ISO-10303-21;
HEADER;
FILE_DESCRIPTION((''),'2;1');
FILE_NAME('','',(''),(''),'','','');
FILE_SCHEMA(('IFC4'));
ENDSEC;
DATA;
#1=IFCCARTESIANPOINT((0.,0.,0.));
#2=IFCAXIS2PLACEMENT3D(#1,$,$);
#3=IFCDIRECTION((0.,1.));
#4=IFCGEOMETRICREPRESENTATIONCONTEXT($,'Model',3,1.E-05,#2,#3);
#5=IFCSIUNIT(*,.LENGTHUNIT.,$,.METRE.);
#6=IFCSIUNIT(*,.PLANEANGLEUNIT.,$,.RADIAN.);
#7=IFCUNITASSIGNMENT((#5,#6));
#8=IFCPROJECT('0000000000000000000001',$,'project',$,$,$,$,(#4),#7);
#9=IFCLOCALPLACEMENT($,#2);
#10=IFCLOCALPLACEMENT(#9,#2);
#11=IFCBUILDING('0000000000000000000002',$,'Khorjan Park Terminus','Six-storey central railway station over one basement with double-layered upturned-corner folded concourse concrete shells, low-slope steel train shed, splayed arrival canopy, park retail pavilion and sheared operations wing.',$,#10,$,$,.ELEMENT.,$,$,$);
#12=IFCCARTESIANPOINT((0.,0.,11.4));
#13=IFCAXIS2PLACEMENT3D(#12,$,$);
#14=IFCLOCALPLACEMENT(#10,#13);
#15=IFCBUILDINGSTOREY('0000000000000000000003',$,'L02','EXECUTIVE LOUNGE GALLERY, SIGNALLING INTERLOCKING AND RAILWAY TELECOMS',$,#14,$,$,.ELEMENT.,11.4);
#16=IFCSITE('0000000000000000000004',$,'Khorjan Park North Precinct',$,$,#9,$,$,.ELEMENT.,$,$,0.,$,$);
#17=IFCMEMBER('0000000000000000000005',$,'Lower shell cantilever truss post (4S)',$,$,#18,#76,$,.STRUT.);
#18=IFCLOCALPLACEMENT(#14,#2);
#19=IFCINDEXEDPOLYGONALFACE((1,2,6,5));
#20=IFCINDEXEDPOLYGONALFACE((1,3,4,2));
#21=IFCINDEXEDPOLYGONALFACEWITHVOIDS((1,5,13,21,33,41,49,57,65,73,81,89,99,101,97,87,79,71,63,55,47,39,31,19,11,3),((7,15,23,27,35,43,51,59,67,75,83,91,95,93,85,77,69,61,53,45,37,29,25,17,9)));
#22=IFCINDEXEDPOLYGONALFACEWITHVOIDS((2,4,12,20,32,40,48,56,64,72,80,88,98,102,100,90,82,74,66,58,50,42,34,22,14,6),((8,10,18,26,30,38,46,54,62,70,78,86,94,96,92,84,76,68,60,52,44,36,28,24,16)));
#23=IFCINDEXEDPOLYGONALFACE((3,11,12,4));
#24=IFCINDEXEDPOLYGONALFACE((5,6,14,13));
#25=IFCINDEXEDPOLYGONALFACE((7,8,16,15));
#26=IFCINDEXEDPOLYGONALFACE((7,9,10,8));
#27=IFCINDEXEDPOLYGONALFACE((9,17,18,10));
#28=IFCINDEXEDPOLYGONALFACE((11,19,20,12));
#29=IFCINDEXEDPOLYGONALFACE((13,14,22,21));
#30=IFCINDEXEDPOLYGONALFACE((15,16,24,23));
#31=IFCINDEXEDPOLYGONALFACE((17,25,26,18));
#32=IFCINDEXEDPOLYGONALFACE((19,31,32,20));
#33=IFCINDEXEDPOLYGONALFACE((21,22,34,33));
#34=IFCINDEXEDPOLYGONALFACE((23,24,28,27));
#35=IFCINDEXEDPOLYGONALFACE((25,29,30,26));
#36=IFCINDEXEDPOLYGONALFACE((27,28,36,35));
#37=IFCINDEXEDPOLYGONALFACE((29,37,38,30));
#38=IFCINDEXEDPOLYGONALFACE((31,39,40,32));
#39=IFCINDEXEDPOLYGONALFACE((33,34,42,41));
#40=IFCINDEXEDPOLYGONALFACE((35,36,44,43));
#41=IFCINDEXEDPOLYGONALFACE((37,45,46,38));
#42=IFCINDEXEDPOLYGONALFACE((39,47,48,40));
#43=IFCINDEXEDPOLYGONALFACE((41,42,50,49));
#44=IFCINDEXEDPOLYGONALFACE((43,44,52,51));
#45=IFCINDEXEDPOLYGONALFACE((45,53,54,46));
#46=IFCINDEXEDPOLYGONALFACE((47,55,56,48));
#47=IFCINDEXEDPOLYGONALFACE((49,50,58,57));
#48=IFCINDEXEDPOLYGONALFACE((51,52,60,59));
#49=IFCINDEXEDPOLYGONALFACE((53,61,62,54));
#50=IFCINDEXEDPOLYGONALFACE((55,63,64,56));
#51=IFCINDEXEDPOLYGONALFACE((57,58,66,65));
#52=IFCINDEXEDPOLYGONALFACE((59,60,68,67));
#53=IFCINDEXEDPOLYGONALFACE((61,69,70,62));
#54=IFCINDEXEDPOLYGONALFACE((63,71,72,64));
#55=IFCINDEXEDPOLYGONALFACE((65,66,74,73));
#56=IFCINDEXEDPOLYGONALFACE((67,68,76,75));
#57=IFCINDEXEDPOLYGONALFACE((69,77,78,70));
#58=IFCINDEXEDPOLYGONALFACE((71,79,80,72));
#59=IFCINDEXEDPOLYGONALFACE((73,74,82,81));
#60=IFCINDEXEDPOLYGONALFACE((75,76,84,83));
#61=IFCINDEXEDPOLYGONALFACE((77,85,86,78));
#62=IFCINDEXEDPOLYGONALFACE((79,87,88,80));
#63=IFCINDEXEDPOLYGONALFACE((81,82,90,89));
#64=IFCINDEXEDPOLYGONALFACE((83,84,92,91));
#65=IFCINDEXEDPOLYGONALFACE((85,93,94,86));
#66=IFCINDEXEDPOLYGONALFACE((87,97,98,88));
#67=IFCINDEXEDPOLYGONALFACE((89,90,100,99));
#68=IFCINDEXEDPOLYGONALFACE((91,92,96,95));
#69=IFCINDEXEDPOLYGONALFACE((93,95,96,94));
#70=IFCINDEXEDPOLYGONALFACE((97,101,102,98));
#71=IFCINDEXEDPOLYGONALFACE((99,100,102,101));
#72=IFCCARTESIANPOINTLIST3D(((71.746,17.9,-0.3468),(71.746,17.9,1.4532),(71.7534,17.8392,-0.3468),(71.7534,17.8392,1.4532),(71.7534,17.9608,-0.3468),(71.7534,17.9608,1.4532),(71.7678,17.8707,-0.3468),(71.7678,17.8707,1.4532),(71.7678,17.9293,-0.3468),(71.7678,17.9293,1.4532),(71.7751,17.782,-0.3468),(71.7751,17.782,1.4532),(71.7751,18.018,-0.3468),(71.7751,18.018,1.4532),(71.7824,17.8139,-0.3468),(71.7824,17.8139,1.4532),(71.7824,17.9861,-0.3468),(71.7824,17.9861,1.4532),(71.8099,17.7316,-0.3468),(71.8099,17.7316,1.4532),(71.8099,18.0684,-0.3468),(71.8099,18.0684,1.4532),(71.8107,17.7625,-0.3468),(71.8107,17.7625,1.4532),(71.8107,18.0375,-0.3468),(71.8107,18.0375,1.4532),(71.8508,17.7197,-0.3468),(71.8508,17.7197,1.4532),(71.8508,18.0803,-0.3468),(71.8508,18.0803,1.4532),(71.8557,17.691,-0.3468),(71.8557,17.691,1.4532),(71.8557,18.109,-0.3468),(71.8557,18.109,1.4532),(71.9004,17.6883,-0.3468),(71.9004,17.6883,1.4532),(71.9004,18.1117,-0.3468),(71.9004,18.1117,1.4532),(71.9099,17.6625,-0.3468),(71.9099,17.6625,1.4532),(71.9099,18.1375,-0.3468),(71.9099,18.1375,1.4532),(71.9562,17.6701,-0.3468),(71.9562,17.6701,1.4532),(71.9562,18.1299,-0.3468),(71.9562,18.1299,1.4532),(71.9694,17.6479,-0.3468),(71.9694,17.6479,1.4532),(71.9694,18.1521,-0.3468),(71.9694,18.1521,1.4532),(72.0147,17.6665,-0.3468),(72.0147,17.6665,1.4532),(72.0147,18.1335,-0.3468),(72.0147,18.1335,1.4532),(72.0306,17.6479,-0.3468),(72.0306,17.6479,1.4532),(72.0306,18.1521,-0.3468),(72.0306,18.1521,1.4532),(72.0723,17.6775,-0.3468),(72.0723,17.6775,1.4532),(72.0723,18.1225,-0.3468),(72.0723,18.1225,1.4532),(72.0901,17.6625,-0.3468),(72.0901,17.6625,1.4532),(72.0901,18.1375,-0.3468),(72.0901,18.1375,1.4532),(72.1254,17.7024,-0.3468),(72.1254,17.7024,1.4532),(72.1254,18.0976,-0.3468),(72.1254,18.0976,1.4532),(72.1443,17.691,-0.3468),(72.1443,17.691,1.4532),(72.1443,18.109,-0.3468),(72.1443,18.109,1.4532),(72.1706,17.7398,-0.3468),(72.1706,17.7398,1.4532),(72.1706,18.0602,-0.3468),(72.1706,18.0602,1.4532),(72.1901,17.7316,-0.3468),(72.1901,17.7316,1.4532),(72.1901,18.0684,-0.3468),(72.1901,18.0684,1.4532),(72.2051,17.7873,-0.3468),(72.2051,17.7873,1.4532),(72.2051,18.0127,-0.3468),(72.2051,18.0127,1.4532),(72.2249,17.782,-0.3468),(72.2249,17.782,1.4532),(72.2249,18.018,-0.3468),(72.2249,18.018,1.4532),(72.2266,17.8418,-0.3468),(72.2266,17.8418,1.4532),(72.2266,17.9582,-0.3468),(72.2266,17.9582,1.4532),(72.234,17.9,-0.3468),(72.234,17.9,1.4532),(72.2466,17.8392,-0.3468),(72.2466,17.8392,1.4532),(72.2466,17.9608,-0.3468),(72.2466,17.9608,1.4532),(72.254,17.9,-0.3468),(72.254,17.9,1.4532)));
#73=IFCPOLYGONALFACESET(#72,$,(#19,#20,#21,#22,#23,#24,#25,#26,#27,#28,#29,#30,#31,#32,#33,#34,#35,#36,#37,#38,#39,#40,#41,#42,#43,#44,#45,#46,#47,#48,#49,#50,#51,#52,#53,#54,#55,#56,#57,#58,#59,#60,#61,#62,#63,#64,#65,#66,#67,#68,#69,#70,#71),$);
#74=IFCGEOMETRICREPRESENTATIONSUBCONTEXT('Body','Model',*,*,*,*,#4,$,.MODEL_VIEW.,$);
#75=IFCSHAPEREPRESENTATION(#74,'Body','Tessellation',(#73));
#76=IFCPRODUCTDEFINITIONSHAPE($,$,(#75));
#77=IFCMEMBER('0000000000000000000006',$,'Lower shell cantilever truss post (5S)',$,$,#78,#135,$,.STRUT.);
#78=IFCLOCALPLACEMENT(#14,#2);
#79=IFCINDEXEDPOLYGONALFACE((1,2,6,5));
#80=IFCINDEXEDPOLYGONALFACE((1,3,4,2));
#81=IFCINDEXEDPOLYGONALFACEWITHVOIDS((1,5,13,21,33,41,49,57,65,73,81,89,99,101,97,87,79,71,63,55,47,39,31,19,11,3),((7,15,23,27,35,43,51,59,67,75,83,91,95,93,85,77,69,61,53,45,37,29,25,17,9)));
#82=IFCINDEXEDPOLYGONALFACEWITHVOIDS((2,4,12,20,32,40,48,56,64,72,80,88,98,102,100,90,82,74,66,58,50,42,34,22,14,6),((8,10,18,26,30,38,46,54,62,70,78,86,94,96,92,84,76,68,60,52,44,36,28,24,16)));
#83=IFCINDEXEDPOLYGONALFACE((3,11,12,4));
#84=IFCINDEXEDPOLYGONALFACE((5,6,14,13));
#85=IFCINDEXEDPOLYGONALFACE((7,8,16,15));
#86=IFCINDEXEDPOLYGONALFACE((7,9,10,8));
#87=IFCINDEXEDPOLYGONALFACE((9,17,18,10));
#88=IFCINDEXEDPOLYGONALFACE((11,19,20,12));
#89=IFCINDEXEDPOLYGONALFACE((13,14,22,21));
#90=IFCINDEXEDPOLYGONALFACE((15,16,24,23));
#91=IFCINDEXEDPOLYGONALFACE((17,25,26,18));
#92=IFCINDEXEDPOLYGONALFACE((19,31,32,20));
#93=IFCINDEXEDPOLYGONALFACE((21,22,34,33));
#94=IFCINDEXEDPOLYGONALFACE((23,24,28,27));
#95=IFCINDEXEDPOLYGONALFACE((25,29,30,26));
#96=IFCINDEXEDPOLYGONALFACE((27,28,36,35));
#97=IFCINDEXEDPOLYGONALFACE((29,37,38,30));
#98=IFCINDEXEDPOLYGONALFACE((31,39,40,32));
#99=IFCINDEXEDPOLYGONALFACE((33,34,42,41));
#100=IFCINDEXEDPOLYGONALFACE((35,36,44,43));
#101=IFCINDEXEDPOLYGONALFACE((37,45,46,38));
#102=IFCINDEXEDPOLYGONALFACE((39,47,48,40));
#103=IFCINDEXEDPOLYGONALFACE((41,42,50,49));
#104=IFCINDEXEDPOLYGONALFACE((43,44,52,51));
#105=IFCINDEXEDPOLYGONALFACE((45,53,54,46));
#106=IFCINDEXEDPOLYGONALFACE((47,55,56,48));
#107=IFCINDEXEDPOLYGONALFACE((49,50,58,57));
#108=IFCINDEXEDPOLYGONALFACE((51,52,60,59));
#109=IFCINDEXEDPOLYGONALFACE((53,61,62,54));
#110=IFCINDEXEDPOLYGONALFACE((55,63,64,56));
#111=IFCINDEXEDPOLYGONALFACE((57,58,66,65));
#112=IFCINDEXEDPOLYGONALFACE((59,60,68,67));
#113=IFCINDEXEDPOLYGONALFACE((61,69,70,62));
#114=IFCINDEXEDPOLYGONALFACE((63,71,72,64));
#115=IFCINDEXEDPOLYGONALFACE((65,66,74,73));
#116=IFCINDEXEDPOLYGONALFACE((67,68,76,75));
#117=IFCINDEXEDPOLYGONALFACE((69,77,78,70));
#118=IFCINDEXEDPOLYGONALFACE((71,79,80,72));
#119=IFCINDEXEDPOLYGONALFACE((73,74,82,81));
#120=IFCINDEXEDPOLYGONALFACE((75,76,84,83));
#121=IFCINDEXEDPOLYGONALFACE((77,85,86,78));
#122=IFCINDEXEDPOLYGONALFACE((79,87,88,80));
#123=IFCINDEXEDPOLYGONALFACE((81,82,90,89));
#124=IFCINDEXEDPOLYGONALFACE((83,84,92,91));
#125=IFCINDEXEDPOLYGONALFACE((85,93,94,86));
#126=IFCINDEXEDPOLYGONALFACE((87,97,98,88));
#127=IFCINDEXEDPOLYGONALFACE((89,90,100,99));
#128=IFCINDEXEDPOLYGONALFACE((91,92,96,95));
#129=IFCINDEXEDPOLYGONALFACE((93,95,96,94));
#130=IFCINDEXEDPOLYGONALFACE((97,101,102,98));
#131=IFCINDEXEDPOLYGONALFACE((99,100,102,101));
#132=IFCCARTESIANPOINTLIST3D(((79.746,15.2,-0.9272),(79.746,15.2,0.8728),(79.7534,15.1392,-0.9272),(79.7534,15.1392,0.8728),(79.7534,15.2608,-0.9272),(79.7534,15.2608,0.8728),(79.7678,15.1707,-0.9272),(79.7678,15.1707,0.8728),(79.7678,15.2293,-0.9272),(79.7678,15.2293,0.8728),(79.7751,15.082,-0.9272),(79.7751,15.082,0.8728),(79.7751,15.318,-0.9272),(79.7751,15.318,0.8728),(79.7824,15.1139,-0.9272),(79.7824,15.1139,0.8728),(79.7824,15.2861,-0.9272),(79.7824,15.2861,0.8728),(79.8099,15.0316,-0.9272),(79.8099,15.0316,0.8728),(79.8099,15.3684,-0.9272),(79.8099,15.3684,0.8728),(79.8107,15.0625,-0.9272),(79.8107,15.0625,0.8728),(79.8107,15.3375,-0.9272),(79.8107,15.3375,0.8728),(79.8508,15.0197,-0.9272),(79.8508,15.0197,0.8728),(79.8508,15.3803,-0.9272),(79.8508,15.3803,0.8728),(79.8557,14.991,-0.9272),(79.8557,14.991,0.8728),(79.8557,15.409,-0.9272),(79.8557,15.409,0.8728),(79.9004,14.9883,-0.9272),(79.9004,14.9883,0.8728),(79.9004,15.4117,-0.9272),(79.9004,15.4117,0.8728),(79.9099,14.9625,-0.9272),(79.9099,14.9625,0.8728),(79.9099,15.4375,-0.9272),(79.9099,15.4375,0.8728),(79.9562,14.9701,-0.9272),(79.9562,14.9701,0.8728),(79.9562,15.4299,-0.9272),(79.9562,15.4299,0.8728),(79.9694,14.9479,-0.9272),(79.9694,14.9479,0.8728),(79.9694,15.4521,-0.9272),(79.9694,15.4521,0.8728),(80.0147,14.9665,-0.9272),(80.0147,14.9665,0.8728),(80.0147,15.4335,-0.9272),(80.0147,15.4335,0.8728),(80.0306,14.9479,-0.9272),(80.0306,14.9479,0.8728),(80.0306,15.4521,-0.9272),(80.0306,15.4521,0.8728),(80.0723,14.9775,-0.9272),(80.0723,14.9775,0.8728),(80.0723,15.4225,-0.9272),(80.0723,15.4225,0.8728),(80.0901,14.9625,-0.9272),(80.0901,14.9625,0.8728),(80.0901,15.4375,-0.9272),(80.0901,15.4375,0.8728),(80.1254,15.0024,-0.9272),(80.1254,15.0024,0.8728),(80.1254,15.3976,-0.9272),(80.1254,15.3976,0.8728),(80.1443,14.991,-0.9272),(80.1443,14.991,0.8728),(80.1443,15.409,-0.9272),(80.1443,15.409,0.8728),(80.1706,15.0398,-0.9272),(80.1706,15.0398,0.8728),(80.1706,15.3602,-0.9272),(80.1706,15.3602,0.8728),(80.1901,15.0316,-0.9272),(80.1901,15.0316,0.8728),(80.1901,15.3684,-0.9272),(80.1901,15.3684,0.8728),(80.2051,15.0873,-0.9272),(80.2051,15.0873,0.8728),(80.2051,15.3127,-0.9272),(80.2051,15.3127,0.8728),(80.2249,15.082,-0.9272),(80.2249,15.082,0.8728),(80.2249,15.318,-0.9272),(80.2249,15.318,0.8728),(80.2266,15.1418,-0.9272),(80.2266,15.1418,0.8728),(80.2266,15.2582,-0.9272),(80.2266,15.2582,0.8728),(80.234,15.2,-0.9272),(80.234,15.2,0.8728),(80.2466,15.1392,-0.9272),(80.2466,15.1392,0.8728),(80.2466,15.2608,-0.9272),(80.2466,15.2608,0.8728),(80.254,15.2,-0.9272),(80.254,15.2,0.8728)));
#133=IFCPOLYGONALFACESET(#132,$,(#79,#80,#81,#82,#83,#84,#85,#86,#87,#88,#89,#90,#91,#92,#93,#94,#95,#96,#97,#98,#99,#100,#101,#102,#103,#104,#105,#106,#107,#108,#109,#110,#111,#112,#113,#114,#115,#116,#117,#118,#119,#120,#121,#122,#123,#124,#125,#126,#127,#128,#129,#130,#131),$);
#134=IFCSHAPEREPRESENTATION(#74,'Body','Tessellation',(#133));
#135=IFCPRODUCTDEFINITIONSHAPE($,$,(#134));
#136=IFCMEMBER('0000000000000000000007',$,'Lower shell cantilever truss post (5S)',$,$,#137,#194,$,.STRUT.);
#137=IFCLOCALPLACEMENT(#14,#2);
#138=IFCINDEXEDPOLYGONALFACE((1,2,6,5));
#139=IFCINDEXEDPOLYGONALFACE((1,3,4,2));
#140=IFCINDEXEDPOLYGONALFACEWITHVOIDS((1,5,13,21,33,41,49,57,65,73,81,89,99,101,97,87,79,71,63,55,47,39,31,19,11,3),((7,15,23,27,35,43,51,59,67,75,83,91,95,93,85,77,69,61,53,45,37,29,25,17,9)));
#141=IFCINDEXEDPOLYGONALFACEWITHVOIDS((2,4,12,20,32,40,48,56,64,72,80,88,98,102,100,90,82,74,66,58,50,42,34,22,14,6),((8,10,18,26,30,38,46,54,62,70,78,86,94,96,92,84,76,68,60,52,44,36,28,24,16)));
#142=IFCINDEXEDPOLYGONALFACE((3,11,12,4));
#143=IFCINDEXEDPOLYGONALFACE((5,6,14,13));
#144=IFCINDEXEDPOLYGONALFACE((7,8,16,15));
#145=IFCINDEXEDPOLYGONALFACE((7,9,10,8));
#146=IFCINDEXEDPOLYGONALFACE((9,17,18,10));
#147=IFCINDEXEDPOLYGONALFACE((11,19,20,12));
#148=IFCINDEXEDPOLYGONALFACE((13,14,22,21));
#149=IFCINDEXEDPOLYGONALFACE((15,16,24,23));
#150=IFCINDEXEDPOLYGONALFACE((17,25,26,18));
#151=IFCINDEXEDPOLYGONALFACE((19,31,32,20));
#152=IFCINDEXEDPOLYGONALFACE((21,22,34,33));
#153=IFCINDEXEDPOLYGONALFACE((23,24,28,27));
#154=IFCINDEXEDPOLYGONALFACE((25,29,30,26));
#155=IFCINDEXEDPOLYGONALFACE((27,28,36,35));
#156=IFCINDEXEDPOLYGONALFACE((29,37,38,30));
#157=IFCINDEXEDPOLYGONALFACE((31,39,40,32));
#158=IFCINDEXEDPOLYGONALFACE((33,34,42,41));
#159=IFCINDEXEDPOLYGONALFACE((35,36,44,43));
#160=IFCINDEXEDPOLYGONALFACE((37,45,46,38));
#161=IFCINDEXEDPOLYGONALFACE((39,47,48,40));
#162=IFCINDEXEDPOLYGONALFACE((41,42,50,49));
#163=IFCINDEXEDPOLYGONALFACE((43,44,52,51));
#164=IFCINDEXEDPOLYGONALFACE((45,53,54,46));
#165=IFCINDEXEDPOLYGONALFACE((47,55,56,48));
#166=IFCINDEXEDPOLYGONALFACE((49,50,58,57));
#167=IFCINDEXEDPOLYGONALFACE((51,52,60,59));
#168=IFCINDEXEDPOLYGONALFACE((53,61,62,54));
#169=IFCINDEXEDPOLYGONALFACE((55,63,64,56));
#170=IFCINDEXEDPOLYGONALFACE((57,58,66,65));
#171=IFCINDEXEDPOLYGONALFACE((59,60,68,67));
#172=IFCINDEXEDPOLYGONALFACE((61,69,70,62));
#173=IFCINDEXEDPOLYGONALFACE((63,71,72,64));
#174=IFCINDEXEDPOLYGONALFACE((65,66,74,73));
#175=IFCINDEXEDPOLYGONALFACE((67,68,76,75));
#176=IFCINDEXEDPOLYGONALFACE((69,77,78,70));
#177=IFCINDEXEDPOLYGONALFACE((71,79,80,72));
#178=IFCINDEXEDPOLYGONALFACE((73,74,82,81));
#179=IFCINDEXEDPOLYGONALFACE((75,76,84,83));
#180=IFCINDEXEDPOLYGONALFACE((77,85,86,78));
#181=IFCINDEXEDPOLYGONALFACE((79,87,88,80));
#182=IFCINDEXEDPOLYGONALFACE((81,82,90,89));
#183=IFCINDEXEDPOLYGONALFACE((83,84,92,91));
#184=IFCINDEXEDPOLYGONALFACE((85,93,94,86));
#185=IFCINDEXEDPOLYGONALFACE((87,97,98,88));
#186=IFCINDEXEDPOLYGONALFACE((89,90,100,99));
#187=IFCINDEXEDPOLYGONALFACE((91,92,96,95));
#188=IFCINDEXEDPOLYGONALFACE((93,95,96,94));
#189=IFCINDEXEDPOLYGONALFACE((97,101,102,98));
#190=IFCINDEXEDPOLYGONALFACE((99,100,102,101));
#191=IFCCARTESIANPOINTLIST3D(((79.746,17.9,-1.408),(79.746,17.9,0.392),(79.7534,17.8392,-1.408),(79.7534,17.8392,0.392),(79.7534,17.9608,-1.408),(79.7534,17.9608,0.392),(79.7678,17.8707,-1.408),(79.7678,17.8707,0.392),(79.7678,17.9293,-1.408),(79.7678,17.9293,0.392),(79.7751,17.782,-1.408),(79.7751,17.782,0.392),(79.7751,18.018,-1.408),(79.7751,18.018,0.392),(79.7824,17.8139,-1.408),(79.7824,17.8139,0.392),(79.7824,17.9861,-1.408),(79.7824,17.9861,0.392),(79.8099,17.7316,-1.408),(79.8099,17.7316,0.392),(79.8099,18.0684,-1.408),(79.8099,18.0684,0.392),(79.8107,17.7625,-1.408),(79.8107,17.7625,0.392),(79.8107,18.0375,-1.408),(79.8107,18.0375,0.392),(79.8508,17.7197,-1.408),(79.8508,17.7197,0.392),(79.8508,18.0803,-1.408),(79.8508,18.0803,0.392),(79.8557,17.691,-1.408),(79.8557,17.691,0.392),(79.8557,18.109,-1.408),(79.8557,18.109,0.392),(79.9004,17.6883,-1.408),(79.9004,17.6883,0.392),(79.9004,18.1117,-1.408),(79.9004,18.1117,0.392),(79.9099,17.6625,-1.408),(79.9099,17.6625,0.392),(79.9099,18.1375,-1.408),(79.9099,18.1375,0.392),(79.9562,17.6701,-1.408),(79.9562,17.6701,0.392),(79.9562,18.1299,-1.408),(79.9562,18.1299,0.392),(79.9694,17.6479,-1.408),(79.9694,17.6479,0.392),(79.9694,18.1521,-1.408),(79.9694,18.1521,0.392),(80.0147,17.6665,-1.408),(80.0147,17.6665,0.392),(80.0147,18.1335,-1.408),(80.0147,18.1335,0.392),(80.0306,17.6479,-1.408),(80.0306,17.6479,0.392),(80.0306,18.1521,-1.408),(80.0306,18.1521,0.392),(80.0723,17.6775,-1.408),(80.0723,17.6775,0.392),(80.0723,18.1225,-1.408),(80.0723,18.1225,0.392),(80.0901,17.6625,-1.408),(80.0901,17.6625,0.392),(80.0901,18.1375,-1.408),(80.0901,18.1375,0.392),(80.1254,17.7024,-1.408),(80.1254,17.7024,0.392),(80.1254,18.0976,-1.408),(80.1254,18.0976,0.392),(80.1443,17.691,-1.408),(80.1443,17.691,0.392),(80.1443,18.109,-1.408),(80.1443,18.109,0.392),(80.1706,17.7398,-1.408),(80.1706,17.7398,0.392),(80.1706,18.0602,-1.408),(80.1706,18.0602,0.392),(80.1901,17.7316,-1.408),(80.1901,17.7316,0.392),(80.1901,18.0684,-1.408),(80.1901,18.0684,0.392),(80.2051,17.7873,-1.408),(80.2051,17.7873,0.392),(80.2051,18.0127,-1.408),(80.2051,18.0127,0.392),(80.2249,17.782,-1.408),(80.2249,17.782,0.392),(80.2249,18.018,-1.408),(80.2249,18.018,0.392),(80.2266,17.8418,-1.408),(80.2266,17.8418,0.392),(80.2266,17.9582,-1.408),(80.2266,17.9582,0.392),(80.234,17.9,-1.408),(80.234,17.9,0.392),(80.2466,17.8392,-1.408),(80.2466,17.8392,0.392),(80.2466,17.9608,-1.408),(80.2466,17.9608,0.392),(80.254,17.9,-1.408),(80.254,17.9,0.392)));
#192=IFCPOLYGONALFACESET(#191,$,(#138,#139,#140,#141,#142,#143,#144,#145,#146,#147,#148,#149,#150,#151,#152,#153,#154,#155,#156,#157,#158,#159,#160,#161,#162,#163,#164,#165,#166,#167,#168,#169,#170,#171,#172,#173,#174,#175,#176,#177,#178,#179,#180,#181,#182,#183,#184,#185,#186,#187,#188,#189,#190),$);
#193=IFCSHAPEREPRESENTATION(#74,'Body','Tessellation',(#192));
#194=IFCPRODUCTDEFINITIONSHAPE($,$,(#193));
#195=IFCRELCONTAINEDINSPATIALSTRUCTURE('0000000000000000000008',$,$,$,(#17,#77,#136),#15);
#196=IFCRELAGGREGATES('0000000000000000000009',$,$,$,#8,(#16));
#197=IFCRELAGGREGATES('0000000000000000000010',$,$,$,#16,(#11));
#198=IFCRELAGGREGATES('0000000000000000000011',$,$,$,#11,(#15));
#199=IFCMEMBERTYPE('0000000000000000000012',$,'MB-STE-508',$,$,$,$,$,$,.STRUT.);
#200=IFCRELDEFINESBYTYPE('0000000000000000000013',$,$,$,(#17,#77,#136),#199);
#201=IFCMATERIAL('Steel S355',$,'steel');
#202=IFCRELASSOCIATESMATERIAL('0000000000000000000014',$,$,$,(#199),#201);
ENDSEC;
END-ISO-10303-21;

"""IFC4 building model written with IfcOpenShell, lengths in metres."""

from ifc_helpers import new_model, si_unit, direction, frame, origin, origin_2d, place, context, subcontext, project, spatial, hollow_circle, extrude, material, material_profile, profile_set, type_object, element, save


model = new_model("IFC4")

# Units and contexts
model_context = context("Model", 3, precision=1e-05, world=origin(), true_north=direction((0.0, 1.0)))
body_context = subcontext(model_context, "Body", "Model", "MODEL_VIEW")
ifc_project = project(units=[si_unit("LENGTHUNIT", "METRE"), si_unit("PLANEANGLEUNIT", "RADIAN")], contexts=[model_context])

# Site, building, storey
site_placement = place(None, origin())
site = spatial("IfcSite", under=ifc_project, at=site_placement, Name="Khorjan Park North Precinct", CompositionType="ELEMENT", RefElevation=0.0)
building_placement = place(site_placement, origin())
building = spatial("IfcBuilding", under=site, at=building_placement, Name="Khorjan Park Terminus", Description="Six-storey central railway station over one basement with double-layered upturned-corner folded concourse concrete shells, low-slope steel train shed, splayed arrival canopy, park retail pavilion and sheared operations wing.", CompositionType="ELEMENT")
storey_placement = place(building_placement, frame((0.0, 0.0, 11.4)))
storey = spatial("IfcBuildingStorey", under=building, at=storey_placement, Name="L02", Description="EXECUTIVE LOUNGE GALLERY, SIGNALLING INTERLOCKING AND RAILWAY TELECOMS", CompositionType="ELEMENT", Elevation=11.4)

# Members
ifc_material_1 = material(Name="Steel S355", Category="steel")
ifc_material_profile_1 = material_profile(ifc_material_1, hollow_circle(Radius=0.254, WallThickness=0.02, at=origin_2d()), Name="CHS 508x20")
ifc_profile_set_1 = profile_set([ifc_material_profile_1], Name="Steel S355")
member_type_1 = type_object("IfcMemberType", Name="MB-STE-508", PredefinedType="STRUT", material=ifc_profile_set_1)
for number, where, z_axis, x_axis, name in (
    (1, (72.0, 17.9, -0.3468), (0.0, 0.0, 1.0), (1.0, 0.0, 0.0), "Lower shell cantilever truss post (4S)"),
    (2, (80.0, 15.2, -0.9272), (0.0, 0.0, 1.0), (1.0, 0.0, 0.0), "Lower shell cantilever truss post (5S)"),
    (3, (80.0, 17.9, -1.408), (0.0, 0.0, 1.0), (1.0, 0.0, 0.0), "Lower shell cantilever truss post (5S)"),
):
    element("IfcMember", number, at=place(storey_placement, frame(where, z_axis=z_axis, x_axis=x_axis)), inside=storey, type_object=member_type_1, Name=name, PredefinedType="STRUT", context=body_context, shape_type="SweptSolid", body=[
        extrude(hollow_circle(Radius=0.254, WallThickness=0.02, at=origin_2d()), origin(), (0.0, 0.0, 1.0), 1.8),
    ])

save(model, "model.ifc")
